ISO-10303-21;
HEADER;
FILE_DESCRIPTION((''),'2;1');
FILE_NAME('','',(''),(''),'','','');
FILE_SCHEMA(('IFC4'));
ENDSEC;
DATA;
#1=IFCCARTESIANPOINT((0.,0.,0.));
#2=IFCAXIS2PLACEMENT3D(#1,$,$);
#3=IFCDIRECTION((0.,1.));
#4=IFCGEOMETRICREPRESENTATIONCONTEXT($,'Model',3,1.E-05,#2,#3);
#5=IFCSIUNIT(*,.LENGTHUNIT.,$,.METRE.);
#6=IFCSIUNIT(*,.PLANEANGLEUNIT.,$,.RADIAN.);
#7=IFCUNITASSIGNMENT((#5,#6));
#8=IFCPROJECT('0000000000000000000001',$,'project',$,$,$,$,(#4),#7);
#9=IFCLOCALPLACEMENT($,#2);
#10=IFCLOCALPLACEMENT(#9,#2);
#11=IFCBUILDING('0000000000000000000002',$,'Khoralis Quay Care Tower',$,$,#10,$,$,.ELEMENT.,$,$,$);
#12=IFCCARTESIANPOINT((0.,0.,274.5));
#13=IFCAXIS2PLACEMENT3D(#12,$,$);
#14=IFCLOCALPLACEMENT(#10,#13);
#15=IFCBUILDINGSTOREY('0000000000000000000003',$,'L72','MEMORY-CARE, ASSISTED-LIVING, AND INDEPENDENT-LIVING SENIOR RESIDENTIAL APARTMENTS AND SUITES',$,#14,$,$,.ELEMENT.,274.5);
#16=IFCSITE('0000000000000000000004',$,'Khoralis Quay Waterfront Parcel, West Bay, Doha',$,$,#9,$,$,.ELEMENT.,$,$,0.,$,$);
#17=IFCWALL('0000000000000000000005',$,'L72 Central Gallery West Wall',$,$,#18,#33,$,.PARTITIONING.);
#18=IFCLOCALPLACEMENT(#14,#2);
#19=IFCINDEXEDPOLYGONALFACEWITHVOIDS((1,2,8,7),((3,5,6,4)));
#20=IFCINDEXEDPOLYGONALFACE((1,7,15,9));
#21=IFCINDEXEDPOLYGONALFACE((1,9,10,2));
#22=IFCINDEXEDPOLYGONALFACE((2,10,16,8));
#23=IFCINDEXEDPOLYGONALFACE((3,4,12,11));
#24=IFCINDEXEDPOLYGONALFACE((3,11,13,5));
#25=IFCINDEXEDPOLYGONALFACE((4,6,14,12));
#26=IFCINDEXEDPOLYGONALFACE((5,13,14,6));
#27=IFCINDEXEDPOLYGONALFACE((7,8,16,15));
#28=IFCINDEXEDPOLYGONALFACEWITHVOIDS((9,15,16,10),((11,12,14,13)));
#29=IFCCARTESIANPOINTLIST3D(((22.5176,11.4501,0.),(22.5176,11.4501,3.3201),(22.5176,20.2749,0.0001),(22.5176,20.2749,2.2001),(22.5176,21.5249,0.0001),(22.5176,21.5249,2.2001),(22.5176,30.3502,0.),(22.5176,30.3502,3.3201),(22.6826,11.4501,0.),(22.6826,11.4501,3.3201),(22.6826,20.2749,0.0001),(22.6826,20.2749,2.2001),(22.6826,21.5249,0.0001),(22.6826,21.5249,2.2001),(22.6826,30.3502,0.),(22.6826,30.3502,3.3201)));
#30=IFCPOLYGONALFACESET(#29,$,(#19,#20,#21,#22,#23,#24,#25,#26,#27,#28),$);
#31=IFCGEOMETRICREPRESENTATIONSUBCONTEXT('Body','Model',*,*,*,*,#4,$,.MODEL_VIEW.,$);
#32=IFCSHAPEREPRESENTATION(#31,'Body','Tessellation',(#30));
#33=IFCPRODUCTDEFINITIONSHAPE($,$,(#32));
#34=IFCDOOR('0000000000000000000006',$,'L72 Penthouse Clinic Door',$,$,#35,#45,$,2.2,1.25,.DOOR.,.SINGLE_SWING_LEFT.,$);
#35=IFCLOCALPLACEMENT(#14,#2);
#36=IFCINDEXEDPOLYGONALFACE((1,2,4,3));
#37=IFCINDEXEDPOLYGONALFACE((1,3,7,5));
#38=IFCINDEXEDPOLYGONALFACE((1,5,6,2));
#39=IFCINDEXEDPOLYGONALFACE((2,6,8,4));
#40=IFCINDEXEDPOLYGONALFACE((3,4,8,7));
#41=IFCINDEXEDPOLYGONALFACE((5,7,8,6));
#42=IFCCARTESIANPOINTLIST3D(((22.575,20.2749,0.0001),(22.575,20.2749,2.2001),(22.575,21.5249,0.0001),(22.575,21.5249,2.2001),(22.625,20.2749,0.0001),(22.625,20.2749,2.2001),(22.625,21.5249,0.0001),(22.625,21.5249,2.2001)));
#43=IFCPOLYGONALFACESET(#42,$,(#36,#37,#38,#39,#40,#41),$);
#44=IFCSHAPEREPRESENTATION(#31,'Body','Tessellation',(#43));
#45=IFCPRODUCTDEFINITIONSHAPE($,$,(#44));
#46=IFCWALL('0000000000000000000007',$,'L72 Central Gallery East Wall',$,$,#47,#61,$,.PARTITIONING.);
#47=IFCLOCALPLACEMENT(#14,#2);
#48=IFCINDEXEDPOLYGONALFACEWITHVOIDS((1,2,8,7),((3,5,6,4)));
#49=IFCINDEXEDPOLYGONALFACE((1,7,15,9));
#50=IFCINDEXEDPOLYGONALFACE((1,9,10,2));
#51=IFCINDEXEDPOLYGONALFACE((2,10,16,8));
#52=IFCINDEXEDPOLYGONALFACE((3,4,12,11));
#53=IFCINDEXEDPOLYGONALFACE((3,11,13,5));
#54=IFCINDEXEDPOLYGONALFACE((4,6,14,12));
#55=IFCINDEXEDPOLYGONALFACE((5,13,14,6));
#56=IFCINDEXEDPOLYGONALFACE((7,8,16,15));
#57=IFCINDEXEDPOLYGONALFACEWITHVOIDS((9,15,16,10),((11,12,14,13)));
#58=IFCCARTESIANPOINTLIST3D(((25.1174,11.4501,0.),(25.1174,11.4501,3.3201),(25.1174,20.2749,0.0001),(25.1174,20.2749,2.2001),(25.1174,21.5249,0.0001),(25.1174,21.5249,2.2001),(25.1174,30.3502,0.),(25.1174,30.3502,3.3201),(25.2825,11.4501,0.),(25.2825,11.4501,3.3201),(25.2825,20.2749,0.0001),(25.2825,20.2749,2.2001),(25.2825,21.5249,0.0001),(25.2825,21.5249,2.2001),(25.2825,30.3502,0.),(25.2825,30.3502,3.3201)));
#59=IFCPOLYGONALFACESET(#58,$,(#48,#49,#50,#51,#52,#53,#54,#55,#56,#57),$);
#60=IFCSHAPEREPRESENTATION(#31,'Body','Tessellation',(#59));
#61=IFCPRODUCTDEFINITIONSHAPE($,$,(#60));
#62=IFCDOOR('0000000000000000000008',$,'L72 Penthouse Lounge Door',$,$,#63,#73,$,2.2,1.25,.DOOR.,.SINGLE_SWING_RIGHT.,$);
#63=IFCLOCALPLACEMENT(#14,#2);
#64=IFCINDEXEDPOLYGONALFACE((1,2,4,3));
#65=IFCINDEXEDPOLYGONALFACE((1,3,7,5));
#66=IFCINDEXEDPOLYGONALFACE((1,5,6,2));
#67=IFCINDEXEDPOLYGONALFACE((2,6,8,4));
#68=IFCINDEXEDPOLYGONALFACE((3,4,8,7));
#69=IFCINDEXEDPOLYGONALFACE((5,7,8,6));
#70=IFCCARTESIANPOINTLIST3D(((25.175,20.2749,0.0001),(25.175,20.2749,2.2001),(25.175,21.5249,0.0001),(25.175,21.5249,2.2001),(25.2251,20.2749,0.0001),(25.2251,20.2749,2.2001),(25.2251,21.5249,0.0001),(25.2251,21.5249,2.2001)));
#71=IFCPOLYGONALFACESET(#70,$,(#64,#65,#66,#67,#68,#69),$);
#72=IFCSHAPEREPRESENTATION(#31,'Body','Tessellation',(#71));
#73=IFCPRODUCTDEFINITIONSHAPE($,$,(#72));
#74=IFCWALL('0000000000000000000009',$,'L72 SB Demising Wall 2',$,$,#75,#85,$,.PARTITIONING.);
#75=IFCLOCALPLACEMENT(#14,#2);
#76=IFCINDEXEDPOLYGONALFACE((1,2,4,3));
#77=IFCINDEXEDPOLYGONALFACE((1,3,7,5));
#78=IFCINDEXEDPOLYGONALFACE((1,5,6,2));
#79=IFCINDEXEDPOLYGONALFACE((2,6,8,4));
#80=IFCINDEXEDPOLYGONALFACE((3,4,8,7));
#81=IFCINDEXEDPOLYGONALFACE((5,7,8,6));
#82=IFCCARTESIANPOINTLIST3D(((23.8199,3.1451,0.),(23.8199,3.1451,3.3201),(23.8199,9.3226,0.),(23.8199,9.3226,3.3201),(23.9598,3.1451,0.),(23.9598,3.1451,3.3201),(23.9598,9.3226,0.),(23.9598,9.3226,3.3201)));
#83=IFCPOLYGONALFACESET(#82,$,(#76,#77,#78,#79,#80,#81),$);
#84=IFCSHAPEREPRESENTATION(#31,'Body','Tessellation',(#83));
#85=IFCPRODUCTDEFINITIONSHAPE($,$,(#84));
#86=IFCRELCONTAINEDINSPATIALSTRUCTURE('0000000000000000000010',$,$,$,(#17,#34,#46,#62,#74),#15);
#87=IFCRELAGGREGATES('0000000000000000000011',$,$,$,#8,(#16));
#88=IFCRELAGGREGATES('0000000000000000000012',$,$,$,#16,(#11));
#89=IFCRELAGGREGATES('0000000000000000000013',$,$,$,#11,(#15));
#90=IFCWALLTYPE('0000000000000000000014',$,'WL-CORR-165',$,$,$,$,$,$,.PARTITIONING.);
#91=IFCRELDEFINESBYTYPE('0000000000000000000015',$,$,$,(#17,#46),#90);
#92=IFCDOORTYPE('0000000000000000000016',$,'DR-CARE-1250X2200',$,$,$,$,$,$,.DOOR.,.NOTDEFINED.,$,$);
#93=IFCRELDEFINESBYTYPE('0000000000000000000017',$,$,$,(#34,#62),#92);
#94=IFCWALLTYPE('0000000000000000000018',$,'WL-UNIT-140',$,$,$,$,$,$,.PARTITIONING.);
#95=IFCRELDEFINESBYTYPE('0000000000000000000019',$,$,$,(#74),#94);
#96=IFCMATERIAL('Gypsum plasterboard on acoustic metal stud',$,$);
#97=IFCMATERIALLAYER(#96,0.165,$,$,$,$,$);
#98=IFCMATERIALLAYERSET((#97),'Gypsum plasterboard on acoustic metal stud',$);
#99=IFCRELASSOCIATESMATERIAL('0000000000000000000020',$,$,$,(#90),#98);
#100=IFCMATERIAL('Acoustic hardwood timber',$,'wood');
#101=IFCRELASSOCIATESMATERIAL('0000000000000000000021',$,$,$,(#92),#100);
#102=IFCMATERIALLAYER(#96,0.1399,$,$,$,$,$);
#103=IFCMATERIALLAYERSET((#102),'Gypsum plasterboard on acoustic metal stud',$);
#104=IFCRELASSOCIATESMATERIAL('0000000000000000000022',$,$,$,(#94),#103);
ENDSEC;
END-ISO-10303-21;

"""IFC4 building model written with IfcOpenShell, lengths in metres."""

from ifc_helpers import new_model, si_unit, direction, frame, frame_2d, origin, place, context, subcontext, project, spatial, rectangle, extrude, source, transform, mapped, material, layer, layer_set, type_object, element, fill, save


model = new_model("IFC4")

# Units and contexts
model_context = context("Model", 3, precision=1e-05, world=origin(), true_north=direction((0.0, 1.0)))
body_context = subcontext(model_context, "Body", "Model", "MODEL_VIEW")
ifc_project = project(units=[si_unit("LENGTHUNIT", "METRE"), si_unit("PLANEANGLEUNIT", "RADIAN")], contexts=[model_context])

# Site, building, storey
site_placement = place(None, origin())
site = spatial("IfcSite", under=ifc_project, at=site_placement, Name="Khoralis Quay Waterfront Parcel, West Bay, Doha", CompositionType="ELEMENT", RefElevation=0.0)
building_placement = place(site_placement, origin())
building = spatial("IfcBuilding", under=site, at=building_placement, Name="Khoralis Quay Care Tower", CompositionType="ELEMENT")
storey_placement = place(building_placement, frame((0.0, 0.0, 274.5)))
storey = spatial("IfcBuildingStorey", under=building, at=storey_placement, Name="L72", Description="MEMORY-CARE, ASSISTED-LIVING, AND INDEPENDENT-LIVING SENIOR RESIDENTIAL APARTMENTS AND SUITES", CompositionType="ELEMENT", Elevation=274.5)

# Walls, openings, doors
ifc_material_1 = material(Name="Gypsum plasterboard on acoustic metal stud")
ifc_layer_1 = layer(ifc_material_1, 0.165)
ifc_layer_set_1 = layer_set([ifc_layer_1], Name="Gypsum plasterboard on acoustic metal stud")
wall_type_1 = type_object("IfcWallType", Name="WL-CORR-165", PredefinedType="PARTITIONING", material=ifc_layer_set_1)
wall_1_placement = place(storey_placement, frame((22.6001, 11.45, 0.0), z_axis=(0.0, 0.0, 1.0), x_axis=(0.0, 1.0, 0.0)))
wall_1 = element("IfcWall", 1, at=wall_1_placement, inside=storey, type_object=wall_type_1, Name="L72 Central Gallery West Wall", PredefinedType="PARTITIONING", context=body_context, shape_type="SweptSolid", body=[
    extrude(rectangle(XDim=18.9001, YDim=0.165, at=frame_2d((9.4502, 0.0))), origin(), (0.0, 0.0, 1.0), 3.3201),
])
opening_1_placement = place(wall_1_placement, frame((8.825, 0.0, 0.0)))
opening_1 = element("IfcOpeningElement", 2, at=opening_1_placement, cuts=wall_1, PredefinedType="OPENING", context=body_context, shape_type="SweptSolid", body=[
    extrude(rectangle(XDim=1.25, YDim=2.2, at=frame_2d((0.625, 1.1001))), frame((0.0, 0.0925, 0.0), z_axis=(0.0, -1.0, 0.0), x_axis=(1.0, 0.0, 0.0)), (0.0, 0.0, 1.0), 0.1851),
])
ifc_material_2 = material(Name="Acoustic hardwood timber", Category="wood")
door_type = type_object("IfcDoorType", Name="DR-CARE-1250X2200", OperationType="NOTDEFINED", PredefinedType="DOOR", material=ifc_material_2)
shared_shape_1 = source(origin(), body_context, "Body", "SweptSolid", [
    extrude(rectangle(XDim=1.25, YDim=2.2, at=frame_2d((0.625, 1.1001))), frame((0.0, 0.0249, 0.0), z_axis=(0.0, -1.0, 0.0), x_axis=(1.0, 0.0, 0.0)), (0.0, 0.0, 1.0), 0.05),
])
door_1_placement = place(opening_1_placement, frame((1.25, 0.0, 0.0), z_axis=(0.0, 0.0, 1.0), x_axis=(-1.0, 0.0, 0.0)))
door_1 = element("IfcDoor", 3, at=door_1_placement, inside=storey, type_object=door_type, Name="L72 Penthouse Clinic Door", OperationType="SINGLE_SWING_LEFT", OverallHeight=2.2, OverallWidth=1.25, PredefinedType="DOOR", context=body_context, shape_type="MappedRepresentation", body=[
    mapped(shared_shape_1, transform((0.0, 0.0, 0.0), scale=1.0)),
])
fill(opening_1, door_1)
wall_2_placement = place(storey_placement, frame((25.2, 11.45, 0.0), z_axis=(0.0, 0.0, 1.0), x_axis=(0.0, 1.0, 0.0)))
wall_2 = element("IfcWall", 4, at=wall_2_placement, inside=storey, type_object=wall_type_1, Name="L72 Central Gallery East Wall", PredefinedType="PARTITIONING", context=body_context, shape_type="SweptSolid", body=[
    extrude(rectangle(XDim=18.9001, YDim=0.165, at=frame_2d((9.4502, 0.0))), origin(), (0.0, 0.0, 1.0), 3.3201),
])
opening_2_placement = place(wall_2_placement, frame((8.825, 0.0, 0.0)))
opening_2 = element("IfcOpeningElement", 5, at=opening_2_placement, cuts=wall_2, PredefinedType="OPENING", context=body_context, shape_type="SweptSolid", body=[
    extrude(rectangle(XDim=1.25, YDim=2.2, at=frame_2d((0.625, 1.1001))), frame((0.0, 0.0925, 0.0), z_axis=(0.0, -1.0, 0.0), x_axis=(1.0, 0.0, 0.0)), (0.0, 0.0, 1.0), 0.1851),
])
door_2_placement = place(opening_2_placement, origin())
door_2 = element("IfcDoor", 6, at=door_2_placement, inside=storey, type_object=door_type, Name="L72 Penthouse Lounge Door", OperationType="SINGLE_SWING_RIGHT", OverallHeight=2.2, OverallWidth=1.25, PredefinedType="DOOR", context=body_context, shape_type="MappedRepresentation", body=[
    mapped(shared_shape_1, transform((0.0, 0.0, 0.0), scale=1.0)),
])
fill(opening_2, door_2)

# Wall
ifc_layer_2 = layer(ifc_material_1, 0.1399)
ifc_layer_set_2 = layer_set([ifc_layer_2], Name="Gypsum plasterboard on acoustic metal stud")
wall_type_2 = type_object("IfcWallType", Name="WL-UNIT-140", PredefinedType="PARTITIONING", material=ifc_layer_set_2)
wall_3_placement = place(storey_placement, frame((23.8899, 3.145, 0.0), z_axis=(0.0, 0.0, 1.0), x_axis=(0.0, 1.0, 0.0)))
element("IfcWall", 7, at=wall_3_placement, inside=storey, type_object=wall_type_2, Name="L72 SB Demising Wall 2", PredefinedType="PARTITIONING", context=body_context, shape_type="SweptSolid", body=[
    extrude(rectangle(XDim=6.1775, YDim=0.1399, at=frame_2d((3.0889, 0.0))), origin(), (0.0, 0.0, 1.0), 3.3201),
])

save(model, "model.ifc")
